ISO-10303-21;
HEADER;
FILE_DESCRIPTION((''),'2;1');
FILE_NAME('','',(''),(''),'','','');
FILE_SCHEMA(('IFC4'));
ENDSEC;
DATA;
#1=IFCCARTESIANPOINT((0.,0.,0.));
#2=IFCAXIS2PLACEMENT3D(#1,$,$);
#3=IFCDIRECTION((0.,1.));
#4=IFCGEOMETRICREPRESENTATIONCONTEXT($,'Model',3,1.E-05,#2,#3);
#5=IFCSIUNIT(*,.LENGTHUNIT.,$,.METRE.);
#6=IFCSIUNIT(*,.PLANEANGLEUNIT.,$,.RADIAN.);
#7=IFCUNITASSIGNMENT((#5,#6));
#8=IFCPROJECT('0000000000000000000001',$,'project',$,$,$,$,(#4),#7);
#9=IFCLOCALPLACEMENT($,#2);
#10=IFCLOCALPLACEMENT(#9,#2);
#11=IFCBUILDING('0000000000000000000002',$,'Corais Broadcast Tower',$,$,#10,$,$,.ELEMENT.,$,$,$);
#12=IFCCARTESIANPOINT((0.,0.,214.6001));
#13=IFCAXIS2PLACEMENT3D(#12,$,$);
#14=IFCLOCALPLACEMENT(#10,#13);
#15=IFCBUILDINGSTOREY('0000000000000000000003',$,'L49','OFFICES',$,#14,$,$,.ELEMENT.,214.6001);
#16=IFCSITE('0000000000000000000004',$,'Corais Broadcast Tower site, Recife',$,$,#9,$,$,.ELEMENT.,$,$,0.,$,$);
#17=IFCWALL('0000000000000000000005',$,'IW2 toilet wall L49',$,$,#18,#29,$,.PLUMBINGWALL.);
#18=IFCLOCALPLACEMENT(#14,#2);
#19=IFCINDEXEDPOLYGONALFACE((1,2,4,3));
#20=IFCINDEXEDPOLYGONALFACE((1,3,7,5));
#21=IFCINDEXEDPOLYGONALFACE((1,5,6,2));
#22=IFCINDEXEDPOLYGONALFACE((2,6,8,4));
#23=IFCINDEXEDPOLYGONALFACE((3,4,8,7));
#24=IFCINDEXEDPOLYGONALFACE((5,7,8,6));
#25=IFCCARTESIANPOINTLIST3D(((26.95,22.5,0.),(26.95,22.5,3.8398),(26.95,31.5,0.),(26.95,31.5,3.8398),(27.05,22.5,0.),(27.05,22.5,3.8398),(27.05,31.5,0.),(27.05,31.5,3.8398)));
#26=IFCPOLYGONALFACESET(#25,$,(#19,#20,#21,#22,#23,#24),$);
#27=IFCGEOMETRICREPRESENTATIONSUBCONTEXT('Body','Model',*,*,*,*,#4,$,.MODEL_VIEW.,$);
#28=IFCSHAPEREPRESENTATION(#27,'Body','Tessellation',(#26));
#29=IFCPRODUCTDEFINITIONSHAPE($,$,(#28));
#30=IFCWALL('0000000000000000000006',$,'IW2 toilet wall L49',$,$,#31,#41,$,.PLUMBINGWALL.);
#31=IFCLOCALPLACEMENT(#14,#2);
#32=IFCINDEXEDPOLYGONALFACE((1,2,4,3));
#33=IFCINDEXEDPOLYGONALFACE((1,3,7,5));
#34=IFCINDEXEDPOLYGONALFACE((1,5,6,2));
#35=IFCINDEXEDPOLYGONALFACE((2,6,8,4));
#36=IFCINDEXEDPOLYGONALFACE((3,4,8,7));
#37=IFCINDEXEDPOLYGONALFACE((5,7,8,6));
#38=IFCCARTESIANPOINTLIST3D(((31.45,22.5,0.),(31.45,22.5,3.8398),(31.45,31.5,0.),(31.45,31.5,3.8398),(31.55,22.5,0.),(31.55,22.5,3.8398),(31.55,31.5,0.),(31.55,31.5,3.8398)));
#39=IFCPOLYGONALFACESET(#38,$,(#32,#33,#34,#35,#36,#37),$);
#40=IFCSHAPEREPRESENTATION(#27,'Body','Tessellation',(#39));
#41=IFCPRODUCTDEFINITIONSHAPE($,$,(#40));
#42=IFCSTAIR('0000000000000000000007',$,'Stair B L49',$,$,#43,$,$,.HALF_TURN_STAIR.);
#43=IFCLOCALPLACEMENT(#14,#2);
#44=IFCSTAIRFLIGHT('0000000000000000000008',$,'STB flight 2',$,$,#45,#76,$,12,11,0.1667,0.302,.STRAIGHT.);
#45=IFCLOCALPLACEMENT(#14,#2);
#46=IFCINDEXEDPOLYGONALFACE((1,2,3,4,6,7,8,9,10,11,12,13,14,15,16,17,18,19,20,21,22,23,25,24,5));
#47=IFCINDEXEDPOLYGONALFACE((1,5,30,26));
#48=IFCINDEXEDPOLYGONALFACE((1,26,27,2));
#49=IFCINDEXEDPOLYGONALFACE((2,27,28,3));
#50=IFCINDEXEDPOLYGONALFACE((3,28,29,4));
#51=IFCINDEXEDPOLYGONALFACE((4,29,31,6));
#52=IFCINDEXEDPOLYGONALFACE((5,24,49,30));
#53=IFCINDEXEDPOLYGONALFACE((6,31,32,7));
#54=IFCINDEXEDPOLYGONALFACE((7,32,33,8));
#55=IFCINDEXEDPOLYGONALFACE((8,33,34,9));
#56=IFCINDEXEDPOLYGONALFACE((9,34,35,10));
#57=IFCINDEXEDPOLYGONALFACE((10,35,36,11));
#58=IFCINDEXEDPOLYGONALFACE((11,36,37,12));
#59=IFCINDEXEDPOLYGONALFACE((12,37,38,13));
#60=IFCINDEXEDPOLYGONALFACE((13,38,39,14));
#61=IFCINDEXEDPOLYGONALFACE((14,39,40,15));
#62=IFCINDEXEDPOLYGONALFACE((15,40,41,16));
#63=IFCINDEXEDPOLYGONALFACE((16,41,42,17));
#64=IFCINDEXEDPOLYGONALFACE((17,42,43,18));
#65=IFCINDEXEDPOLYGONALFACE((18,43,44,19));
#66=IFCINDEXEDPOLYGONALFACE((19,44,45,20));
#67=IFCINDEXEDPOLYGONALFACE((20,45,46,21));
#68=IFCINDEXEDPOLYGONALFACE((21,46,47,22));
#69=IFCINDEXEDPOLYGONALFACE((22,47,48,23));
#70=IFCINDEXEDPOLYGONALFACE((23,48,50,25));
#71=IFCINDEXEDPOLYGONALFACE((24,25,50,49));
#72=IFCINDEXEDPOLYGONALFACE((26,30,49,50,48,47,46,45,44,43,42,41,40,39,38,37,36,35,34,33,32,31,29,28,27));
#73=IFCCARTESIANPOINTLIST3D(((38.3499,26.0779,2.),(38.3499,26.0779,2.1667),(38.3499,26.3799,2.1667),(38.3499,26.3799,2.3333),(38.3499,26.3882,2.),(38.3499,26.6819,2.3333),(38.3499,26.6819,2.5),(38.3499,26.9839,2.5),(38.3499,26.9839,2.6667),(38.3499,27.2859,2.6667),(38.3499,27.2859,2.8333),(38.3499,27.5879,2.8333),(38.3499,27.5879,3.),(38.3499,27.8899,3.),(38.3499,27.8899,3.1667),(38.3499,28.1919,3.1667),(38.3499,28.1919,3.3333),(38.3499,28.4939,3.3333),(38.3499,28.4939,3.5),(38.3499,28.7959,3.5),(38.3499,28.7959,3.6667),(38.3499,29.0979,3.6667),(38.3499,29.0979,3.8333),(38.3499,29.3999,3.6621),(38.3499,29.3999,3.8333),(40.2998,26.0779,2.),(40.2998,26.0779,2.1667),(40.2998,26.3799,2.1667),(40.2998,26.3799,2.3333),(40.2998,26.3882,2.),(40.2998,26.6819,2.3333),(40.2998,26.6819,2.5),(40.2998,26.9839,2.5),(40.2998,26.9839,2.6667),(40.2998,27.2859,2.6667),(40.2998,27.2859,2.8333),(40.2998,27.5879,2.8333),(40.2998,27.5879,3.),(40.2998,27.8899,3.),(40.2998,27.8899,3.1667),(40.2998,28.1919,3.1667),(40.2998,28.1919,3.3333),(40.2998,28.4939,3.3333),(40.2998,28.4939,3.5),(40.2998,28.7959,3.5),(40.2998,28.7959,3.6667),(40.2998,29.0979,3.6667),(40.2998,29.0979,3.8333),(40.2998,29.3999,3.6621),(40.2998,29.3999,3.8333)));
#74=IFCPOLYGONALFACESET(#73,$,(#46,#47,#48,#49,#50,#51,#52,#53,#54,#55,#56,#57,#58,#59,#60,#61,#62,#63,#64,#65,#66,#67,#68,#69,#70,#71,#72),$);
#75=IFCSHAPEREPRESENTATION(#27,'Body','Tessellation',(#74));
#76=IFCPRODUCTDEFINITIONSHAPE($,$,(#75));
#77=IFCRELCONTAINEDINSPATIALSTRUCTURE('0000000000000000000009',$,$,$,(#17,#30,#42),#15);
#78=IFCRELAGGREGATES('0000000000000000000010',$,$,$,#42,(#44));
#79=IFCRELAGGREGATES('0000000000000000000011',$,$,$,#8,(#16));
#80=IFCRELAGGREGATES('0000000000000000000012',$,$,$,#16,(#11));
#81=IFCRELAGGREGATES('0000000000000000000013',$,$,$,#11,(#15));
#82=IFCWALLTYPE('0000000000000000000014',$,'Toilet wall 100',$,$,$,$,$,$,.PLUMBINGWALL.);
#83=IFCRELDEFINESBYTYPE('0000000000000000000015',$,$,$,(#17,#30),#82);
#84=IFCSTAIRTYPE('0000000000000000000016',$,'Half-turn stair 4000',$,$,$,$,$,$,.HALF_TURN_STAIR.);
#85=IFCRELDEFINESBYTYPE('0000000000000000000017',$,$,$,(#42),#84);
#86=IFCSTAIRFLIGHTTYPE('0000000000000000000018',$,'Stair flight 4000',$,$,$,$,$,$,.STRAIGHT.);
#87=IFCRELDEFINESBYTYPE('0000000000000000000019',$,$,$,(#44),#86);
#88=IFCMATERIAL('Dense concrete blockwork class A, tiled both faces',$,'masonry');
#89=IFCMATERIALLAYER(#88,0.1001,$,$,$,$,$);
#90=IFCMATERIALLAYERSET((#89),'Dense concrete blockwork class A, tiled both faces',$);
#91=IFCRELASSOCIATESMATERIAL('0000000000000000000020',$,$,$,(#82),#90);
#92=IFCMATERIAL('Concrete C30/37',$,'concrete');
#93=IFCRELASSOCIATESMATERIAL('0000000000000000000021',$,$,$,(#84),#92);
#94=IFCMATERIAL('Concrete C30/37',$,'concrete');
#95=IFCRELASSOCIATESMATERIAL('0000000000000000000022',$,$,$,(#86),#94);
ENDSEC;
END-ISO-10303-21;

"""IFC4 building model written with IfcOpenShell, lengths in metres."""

from ifc_helpers import new_model, si_unit, direction, frame, frame_2d, origin, place, context, subcontext, project, spatial, polyline, rectangle, outline, extrude, material, layer, layer_set, type_object, element, aggregate, save


model = new_model("IFC4")

# Units and contexts
model_context = context("Model", 3, precision=1e-05, world=origin(), true_north=direction((0.0, 1.0)))
body_context = subcontext(model_context, "Body", "Model", "MODEL_VIEW")
ifc_project = project(units=[si_unit("LENGTHUNIT", "METRE"), si_unit("PLANEANGLEUNIT", "RADIAN")], contexts=[model_context])

# Site, building, storey
site_placement = place(None, origin())
site = spatial("IfcSite", under=ifc_project, at=site_placement, Name="Corais Broadcast Tower site, Recife", CompositionType="ELEMENT", RefElevation=0.0)
building_placement = place(site_placement, origin())
building = spatial("IfcBuilding", under=site, at=building_placement, Name="Corais Broadcast Tower", CompositionType="ELEMENT")
storey_placement = place(building_placement, frame((0.0, 0.0, 214.6001)))
storey = spatial("IfcBuildingStorey", under=building, at=storey_placement, Name="L49", Description="OFFICES", CompositionType="ELEMENT", Elevation=214.6001)

# Walls
ifc_material_1 = material(Name="Dense concrete blockwork class A, tiled both faces", Category="masonry")
ifc_layer_1 = layer(ifc_material_1, 0.1001)
ifc_layer_set_1 = layer_set([ifc_layer_1], Name="Dense concrete blockwork class A, tiled both faces")
wall_type_1 = type_object("IfcWallType", Name="Toilet wall 100", PredefinedType="PLUMBINGWALL", material=ifc_layer_set_1)
for number, where, z_axis, x_axis, name in (
    (1, (27.0, 22.5, 0.0), (0.0, 0.0, 1.0), (0.0, 1.0, 0.0), "IW2 toilet wall L49"),
    (2, (31.5, 22.5, 0.0), (0.0, 0.0, 1.0), (0.0, 1.0, 0.0), "IW2 toilet wall L49"),
):
    element("IfcWall", number, at=place(storey_placement, frame(where, z_axis=z_axis, x_axis=x_axis)), inside=storey, type_object=wall_type_1, Name=name, PredefinedType="PLUMBINGWALL", context=body_context, shape_type="SweptSolid", body=[
        extrude(rectangle(XDim=9.0, YDim=0.1001, at=frame_2d((4.5, 0.0))), origin(), (0.0, 0.0, 1.0), 3.8398),
    ])

# Stair, stair flight
ifc_material_2 = material(Name="Concrete C30/37", Category="concrete")
stair_type = type_object("IfcStairType", Name="Half-turn stair 4000", PredefinedType="HALF_TURN_STAIR", material=ifc_material_2)
stair_placement = place(storey_placement, origin())
stair = element("IfcStair", 3, at=stair_placement, inside=storey, type_object=stair_type, Name="Stair B L49", PredefinedType="HALF_TURN_STAIR")
ifc_material_3 = material(Name="Concrete C30/37", Category="concrete")
stair_flight_type = type_object("IfcStairFlightType", Name="Stair flight 4000", PredefinedType="STRAIGHT", material=ifc_material_3)
stair_flight_placement = place(storey_placement, frame((39.325, 26.0779, 2.0), z_axis=(0.0, 0.0, 1.0), x_axis=(0.0, 1.0, 0.0)))
stair_flight = element("IfcStairFlight", 4, at=stair_flight_placement, type_object=stair_flight_type, Name="STB flight 2", NumberOfRisers=12, NumberOfTreads=11, PredefinedType="STRAIGHT", RiserHeight=0.1667, TreadLength=0.302, context=body_context, shape_type="SweptSolid", body=[
    extrude(outline(polyline([(0.0, 0.0), (0.0, 0.1667), (0.302, 0.1667), (0.302, 0.3333), (0.604, 0.3333), (0.604, 0.5), (0.906, 0.5), (0.906, 0.6667), (1.208, 0.6667), (1.208, 0.8333), (1.51, 0.8333), (1.51, 1.0), (1.812, 1.0), (1.812, 1.1667), (2.114, 1.1667), (2.114, 1.3333), (2.416, 1.3333), (2.416, 1.5), (2.718, 1.5), (2.718, 1.6667), (3.02, 1.6667), (3.02, 1.8333), (3.322, 1.8333), (3.322, 2.0), (3.322, 1.6621), (0.3103, 0.0), (0.0, 0.0)])), frame((0.0, 0.9751, 0.0), z_axis=(0.0, -1.0, 0.0), x_axis=(1.0, 0.0, 0.0)), (0.0, 0.0, 1.0), 1.95),
])
aggregate(stair, [stair_flight])

save(model, "model.ifc")
